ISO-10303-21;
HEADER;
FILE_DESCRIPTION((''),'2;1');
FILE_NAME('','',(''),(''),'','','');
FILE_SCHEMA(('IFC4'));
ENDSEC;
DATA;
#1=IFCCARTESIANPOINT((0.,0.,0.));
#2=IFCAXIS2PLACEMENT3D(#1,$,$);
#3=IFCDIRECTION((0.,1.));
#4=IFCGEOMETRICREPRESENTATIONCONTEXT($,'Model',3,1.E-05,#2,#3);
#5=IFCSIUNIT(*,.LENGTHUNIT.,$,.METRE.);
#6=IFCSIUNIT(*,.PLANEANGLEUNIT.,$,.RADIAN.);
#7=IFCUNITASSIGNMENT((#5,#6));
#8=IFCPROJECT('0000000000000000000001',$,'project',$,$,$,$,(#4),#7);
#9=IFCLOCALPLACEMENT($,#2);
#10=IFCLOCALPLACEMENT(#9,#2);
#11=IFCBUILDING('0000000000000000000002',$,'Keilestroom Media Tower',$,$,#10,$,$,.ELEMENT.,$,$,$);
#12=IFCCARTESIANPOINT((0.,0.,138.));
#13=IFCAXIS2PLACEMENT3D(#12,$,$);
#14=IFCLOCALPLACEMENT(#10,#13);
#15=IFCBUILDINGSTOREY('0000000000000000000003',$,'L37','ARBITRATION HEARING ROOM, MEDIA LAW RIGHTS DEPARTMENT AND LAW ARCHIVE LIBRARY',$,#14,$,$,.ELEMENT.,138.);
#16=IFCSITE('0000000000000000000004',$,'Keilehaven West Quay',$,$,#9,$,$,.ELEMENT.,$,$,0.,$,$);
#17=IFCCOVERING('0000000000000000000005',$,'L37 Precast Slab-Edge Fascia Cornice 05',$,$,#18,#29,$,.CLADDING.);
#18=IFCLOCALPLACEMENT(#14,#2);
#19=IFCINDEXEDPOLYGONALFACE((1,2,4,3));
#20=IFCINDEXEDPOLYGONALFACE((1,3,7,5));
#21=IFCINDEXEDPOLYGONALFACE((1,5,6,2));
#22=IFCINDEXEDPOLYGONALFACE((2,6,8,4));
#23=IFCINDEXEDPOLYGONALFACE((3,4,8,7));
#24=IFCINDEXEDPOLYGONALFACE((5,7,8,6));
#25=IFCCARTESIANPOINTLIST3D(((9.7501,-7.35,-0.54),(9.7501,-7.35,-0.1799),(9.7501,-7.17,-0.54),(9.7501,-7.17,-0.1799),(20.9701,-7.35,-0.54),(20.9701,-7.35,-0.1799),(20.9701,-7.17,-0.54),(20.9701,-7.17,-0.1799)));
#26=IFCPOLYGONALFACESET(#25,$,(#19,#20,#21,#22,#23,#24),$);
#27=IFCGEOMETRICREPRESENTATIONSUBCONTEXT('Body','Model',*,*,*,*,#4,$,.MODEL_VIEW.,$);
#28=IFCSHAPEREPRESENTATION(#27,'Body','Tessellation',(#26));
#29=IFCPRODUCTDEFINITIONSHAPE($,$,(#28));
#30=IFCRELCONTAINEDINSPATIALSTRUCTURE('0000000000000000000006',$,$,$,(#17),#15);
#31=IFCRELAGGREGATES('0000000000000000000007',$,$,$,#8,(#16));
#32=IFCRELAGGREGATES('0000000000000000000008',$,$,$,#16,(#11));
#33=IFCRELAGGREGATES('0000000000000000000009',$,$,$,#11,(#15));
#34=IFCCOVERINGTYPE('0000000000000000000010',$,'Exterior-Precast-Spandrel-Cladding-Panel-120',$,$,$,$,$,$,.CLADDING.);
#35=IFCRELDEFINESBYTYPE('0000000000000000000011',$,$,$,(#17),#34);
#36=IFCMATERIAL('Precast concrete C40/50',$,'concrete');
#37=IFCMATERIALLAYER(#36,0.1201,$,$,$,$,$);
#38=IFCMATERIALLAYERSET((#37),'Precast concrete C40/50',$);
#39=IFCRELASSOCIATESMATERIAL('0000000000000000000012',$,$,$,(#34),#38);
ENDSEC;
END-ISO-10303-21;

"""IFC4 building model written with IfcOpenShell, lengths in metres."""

from ifc_helpers import new_model, si_unit, direction, frame, origin, origin_2d, place, context, subcontext, project, spatial, rectangle, extrude, source, transform, mapped, material, layer, layer_set, type_object, element, save


model = new_model("IFC4")

# Units and contexts
model_context = context("Model", 3, precision=1e-05, world=origin(), true_north=direction((0.0, 1.0)))
body_context = subcontext(model_context, "Body", "Model", "MODEL_VIEW")
ifc_project = project(units=[si_unit("LENGTHUNIT", "METRE"), si_unit("PLANEANGLEUNIT", "RADIAN")], contexts=[model_context])

# Site, building, storey
site_placement = place(None, origin())
site = spatial("IfcSite", under=ifc_project, at=site_placement, Name="Keilehaven West Quay", CompositionType="ELEMENT", RefElevation=0.0)
building_placement = place(site_placement, origin())
building = spatial("IfcBuilding", under=site, at=building_placement, Name="Keilestroom Media Tower", CompositionType="ELEMENT")
storey_placement = place(building_placement, frame((0.0, 0.0, 138.0)))
storey = spatial("IfcBuildingStorey", under=building, at=storey_placement, Name="L37", Description="ARBITRATION HEARING ROOM, MEDIA LAW RIGHTS DEPARTMENT AND LAW ARCHIVE LIBRARY", CompositionType="ELEMENT", Elevation=138.0)

# Shared definitions
ifc_material_1 = material(Name="Precast concrete C40/50", Category="concrete")

# Covering
ifc_layer_1 = layer(ifc_material_1, 0.1201)
ifc_layer_set_1 = layer_set([ifc_layer_1], Name="Precast concrete C40/50")
covering_type = type_object("IfcCoveringType", Name="Exterior-Precast-Spandrel-Cladding-Panel-120", PredefinedType="CLADDING", material=ifc_layer_set_1)
shared_shape_1 = source(origin(), body_context, "Body", "SweptSolid", [
    extrude(rectangle(XDim=11.22, YDim=0.1799, at=origin_2d()), origin(), (0.0, 0.0, 1.0), 0.3601),
])
covering_1_placement = place(storey_placement, frame((15.3601, -7.26, -0.54), z_axis=(0.0, 0.0, 1.0), x_axis=(-1.0, 0.0, 0.0)))
element("IfcCovering", 1, at=covering_1_placement, inside=storey, type_object=covering_type, Name="L37 Precast Slab-Edge Fascia Cornice 05", PredefinedType="CLADDING", context=body_context, shape_type="MappedRepresentation", body=[
    mapped(shared_shape_1, transform((0.0, 0.0, 0.0), x_axis=(1.0, 0.0, 0.0), y_axis=(0.0, 1.0, 0.0), z_axis=(0.0, 0.0, 1.0), scale=1.0)),
])

save(model, "model.ifc")
